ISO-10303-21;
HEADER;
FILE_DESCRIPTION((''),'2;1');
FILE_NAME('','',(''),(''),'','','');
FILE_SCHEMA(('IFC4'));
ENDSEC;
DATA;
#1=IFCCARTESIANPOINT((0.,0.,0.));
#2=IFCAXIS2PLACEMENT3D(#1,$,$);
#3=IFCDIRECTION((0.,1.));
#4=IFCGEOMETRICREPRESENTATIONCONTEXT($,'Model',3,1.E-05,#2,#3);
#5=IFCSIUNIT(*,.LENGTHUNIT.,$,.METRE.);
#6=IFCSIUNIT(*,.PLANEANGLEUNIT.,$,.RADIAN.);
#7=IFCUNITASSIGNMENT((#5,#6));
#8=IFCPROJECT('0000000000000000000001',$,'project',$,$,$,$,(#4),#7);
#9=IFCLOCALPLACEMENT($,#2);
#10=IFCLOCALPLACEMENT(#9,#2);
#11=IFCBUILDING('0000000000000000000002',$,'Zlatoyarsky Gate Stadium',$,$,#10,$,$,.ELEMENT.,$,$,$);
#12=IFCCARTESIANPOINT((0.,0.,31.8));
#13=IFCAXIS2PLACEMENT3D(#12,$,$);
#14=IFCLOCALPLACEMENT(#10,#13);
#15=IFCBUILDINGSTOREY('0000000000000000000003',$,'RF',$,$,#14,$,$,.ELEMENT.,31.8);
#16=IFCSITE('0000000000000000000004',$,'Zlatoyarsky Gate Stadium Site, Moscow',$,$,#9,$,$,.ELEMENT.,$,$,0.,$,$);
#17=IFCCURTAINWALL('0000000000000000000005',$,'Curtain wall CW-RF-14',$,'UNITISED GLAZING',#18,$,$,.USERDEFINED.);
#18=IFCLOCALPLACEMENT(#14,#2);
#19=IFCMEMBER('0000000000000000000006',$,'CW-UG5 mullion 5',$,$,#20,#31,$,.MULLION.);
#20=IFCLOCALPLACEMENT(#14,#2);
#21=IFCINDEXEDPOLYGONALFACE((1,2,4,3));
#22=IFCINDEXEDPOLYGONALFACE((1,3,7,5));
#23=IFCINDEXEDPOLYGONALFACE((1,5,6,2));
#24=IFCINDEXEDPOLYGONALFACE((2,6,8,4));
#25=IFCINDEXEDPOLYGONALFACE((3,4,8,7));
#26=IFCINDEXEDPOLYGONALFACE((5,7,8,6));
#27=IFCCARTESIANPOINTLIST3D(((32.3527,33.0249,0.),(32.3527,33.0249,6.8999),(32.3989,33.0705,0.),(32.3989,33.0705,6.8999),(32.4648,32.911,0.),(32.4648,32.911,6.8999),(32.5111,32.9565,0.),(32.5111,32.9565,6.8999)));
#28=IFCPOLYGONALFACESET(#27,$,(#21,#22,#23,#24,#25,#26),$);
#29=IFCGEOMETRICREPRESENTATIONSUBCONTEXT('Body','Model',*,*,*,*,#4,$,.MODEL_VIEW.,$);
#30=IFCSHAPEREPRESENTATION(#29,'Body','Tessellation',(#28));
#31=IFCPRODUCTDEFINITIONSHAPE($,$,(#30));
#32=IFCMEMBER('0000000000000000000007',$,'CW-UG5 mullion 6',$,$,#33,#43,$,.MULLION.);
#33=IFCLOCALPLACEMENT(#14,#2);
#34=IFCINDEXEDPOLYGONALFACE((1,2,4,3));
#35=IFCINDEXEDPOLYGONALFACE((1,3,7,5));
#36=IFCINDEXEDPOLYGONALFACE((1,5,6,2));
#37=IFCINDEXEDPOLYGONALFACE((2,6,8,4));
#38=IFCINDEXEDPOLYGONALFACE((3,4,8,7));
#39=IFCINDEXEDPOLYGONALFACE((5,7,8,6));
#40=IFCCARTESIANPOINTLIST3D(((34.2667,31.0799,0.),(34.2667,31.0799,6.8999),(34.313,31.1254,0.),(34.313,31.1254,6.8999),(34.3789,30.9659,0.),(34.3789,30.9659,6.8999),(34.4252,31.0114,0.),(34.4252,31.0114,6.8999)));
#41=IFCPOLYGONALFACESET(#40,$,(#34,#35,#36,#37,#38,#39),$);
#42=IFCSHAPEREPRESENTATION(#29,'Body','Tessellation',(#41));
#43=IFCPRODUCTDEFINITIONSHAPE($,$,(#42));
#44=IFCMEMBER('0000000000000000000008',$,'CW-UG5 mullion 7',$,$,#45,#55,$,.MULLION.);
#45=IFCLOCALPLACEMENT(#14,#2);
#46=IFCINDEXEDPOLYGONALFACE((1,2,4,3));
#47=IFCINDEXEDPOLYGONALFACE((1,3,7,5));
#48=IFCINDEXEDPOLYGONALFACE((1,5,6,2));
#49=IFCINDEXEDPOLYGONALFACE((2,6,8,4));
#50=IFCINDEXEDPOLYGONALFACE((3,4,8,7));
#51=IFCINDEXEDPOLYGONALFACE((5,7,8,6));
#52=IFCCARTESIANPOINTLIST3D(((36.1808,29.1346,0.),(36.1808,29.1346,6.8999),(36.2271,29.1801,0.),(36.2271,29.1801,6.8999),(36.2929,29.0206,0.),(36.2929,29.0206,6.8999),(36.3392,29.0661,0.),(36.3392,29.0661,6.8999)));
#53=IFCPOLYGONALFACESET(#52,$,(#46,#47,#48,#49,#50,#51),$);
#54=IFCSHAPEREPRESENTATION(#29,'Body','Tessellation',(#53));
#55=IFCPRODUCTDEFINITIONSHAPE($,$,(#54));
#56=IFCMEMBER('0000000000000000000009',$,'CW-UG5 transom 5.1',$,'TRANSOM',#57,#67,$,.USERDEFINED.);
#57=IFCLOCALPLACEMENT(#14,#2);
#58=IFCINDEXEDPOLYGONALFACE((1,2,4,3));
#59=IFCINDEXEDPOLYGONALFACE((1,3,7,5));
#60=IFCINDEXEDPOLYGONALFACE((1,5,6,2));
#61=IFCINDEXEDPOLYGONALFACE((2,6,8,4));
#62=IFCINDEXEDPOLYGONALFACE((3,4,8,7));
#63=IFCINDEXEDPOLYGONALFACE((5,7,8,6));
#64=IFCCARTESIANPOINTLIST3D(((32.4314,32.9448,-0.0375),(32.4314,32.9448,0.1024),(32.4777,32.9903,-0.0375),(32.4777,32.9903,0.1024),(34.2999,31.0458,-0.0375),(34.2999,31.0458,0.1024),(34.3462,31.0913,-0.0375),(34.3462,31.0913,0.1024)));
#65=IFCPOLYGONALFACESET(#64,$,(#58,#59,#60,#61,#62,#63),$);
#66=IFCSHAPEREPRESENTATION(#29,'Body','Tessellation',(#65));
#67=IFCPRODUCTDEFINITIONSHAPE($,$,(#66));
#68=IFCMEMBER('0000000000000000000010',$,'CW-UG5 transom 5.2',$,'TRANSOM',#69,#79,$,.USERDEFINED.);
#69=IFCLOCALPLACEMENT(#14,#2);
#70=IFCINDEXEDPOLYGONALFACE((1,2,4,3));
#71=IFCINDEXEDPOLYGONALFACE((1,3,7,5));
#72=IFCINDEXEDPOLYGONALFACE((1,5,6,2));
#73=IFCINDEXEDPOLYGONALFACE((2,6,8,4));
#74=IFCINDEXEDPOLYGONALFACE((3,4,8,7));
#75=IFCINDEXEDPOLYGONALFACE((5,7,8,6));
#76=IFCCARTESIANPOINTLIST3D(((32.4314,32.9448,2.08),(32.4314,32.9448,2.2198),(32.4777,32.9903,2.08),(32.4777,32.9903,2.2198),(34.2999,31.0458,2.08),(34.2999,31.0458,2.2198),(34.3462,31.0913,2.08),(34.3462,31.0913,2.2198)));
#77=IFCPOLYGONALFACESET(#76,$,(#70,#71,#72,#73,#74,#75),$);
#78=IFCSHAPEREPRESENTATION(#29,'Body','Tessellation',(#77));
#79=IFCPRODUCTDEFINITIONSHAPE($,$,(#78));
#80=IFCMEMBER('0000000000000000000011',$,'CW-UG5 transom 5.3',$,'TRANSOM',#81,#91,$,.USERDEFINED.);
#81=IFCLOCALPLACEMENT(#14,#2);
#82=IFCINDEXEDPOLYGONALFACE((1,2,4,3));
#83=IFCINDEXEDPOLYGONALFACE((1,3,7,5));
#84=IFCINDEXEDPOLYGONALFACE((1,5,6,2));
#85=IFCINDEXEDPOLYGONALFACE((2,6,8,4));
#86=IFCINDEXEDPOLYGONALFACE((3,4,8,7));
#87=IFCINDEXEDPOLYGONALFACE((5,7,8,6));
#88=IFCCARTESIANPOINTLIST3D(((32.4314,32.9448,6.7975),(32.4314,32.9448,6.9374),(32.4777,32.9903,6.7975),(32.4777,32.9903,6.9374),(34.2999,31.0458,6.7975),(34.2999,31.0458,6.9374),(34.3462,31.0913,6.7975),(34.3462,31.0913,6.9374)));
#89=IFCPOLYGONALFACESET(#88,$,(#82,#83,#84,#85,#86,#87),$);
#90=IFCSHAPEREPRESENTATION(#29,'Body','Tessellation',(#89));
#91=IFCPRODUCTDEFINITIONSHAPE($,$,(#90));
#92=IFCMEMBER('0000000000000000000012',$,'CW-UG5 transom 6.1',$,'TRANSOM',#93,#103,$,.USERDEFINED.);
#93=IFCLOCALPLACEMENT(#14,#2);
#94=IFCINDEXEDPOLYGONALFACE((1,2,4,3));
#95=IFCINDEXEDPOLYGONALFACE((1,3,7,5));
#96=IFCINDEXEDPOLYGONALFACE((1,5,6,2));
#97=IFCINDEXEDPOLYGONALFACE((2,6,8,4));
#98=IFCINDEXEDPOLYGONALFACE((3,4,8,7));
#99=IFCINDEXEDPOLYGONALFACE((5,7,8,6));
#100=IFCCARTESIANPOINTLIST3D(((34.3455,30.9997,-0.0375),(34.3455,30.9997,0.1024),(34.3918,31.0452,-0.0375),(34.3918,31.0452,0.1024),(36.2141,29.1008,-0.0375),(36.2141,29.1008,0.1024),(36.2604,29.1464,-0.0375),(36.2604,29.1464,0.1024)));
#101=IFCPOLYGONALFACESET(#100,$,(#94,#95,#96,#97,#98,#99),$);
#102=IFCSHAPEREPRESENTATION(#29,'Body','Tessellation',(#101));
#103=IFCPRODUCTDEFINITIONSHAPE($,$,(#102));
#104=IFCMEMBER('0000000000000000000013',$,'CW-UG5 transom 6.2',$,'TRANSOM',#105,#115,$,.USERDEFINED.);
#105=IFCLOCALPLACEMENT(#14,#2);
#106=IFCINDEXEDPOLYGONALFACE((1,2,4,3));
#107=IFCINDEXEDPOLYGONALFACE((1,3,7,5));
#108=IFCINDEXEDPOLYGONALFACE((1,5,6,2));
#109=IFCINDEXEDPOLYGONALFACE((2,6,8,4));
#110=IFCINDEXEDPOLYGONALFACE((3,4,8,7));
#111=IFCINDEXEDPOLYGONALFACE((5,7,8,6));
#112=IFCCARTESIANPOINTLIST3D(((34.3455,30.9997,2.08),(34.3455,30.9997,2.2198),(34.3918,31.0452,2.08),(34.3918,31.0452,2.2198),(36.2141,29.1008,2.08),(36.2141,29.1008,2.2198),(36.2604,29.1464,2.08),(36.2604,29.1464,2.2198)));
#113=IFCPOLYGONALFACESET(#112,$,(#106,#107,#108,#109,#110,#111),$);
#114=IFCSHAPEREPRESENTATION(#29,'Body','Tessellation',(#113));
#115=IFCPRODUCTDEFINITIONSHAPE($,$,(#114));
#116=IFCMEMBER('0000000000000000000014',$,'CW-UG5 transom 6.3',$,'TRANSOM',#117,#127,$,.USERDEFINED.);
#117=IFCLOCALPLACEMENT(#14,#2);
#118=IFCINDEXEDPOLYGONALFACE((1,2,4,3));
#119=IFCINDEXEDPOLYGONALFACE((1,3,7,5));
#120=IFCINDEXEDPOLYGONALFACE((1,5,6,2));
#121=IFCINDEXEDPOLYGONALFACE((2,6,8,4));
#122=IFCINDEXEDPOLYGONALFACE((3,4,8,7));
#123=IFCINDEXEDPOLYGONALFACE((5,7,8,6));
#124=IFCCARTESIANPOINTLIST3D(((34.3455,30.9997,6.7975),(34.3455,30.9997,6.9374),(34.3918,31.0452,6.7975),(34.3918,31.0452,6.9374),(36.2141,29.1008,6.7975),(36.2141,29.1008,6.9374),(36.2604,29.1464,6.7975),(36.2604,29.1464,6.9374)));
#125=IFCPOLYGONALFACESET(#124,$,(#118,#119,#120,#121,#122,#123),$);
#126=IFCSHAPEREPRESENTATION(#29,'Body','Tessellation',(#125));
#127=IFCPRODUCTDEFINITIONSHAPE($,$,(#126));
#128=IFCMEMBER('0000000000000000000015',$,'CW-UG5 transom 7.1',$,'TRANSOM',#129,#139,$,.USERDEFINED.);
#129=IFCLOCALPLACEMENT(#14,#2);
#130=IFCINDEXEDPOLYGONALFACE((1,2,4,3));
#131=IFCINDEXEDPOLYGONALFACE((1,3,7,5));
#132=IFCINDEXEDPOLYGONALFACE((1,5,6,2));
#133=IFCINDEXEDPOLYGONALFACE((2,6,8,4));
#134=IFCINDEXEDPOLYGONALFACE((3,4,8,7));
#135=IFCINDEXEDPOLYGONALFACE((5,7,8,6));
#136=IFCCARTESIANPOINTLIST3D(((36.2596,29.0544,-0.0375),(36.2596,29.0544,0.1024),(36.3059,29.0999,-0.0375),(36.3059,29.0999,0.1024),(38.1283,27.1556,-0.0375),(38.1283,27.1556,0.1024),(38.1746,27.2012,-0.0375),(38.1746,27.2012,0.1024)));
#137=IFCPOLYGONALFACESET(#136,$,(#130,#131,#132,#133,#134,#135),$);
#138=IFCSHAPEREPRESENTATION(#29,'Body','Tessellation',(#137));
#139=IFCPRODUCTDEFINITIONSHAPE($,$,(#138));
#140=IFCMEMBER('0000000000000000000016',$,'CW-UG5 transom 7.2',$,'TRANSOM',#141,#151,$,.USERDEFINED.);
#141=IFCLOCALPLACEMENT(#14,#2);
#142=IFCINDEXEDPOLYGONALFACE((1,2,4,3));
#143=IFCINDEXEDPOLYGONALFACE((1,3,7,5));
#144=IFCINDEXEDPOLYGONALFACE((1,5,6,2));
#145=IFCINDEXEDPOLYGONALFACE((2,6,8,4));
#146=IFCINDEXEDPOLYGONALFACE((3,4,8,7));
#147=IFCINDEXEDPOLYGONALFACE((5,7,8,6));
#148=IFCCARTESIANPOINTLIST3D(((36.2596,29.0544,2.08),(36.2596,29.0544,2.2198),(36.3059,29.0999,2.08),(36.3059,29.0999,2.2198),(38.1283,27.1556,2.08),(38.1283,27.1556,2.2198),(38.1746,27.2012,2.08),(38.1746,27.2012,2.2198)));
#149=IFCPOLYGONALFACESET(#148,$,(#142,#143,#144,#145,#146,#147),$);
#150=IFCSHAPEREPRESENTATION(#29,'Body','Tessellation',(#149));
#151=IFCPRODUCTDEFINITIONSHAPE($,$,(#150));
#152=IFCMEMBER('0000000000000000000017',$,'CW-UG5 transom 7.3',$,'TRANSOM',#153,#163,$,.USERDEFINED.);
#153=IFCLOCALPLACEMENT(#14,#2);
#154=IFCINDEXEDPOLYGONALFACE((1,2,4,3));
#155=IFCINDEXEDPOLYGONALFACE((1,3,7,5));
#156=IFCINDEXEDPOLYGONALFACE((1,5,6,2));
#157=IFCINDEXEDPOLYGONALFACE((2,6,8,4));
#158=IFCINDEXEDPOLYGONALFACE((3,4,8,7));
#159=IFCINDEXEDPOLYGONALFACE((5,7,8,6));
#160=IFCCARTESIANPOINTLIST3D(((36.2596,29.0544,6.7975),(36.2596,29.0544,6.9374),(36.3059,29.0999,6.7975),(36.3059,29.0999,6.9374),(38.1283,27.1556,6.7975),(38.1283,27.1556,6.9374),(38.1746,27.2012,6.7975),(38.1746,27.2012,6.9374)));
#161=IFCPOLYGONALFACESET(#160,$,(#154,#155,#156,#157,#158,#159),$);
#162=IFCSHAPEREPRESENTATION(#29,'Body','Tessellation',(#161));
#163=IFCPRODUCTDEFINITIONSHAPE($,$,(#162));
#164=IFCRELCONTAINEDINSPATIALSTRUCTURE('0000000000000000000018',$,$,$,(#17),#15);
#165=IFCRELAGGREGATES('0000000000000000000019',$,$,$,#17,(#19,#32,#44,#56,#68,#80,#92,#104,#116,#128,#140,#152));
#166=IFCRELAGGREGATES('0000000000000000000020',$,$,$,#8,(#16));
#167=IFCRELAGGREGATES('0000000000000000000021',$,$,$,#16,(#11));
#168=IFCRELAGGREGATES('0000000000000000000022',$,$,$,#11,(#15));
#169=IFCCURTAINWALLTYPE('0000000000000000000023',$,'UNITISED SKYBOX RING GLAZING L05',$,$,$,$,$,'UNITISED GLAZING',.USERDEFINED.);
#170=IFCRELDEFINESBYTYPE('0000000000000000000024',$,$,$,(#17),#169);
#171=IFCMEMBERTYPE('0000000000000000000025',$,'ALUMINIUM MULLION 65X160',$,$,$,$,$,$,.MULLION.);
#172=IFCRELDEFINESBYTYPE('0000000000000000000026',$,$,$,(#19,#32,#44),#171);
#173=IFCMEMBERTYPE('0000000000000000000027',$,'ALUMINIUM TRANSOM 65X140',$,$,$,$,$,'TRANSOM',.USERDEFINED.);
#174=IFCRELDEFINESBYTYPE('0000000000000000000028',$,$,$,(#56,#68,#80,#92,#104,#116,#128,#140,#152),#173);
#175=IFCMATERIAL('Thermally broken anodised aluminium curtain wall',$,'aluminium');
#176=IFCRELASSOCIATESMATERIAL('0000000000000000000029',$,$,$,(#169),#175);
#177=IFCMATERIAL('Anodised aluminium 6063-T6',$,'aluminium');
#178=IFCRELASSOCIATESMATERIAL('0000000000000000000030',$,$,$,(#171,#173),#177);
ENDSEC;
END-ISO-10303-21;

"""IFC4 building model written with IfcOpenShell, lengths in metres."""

from ifc_helpers import new_model, si_unit, direction, frame, origin, origin_2d, place, context, subcontext, project, spatial, rectangle, extrude, material, material_profile, profile_set, type_object, element, aggregate, save


model = new_model("IFC4")

# Units and contexts
model_context = context("Model", 3, precision=1e-05, world=origin(), true_north=direction((0.0, 1.0)))
body_context = subcontext(model_context, "Body", "Model", "MODEL_VIEW")
ifc_project = project(units=[si_unit("LENGTHUNIT", "METRE"), si_unit("PLANEANGLEUNIT", "RADIAN")], contexts=[model_context])

# Site, building, storey
site_placement = place(None, origin())
site = spatial("IfcSite", under=ifc_project, at=site_placement, Name="Zlatoyarsky Gate Stadium Site, Moscow", CompositionType="ELEMENT", RefElevation=0.0)
building_placement = place(site_placement, origin())
building = spatial("IfcBuilding", under=site, at=building_placement, Name="Zlatoyarsky Gate Stadium", CompositionType="ELEMENT")
storey_placement = place(building_placement, frame((0.0, 0.0, 31.8)))
storey = spatial("IfcBuildingStorey", under=building, at=storey_placement, Name="RF", CompositionType="ELEMENT", Elevation=31.8)

# Curtain wall, members
ifc_material_1 = material(Name="Thermally broken anodised aluminium curtain wall", Category="aluminium")
curtain_wall_type = type_object("IfcCurtainWallType", Name="UNITISED SKYBOX RING GLAZING L05", ElementType="UNITISED GLAZING", PredefinedType="USERDEFINED", material=ifc_material_1)
curtain_wall_placement = place(storey_placement, origin())
curtain_wall = element("IfcCurtainWall", 1, at=curtain_wall_placement, inside=storey, type_object=curtain_wall_type, Name="Curtain wall CW-RF-14", ObjectType="UNITISED GLAZING", PredefinedType="USERDEFINED")
ifc_material_2 = material(Name="Anodised aluminium 6063-T6", Category="aluminium")
ifc_material_profile_1 = material_profile(ifc_material_2, rectangle(XDim=0.0649, YDim=0.1599, at=origin_2d()), Name="ALU 65X160")
ifc_profile_set_1 = profile_set([ifc_material_profile_1], Name="Anodised aluminium 6063-T6")
member_type_1 = type_object("IfcMemberType", Name="ALUMINIUM MULLION 65X160", PredefinedType="MULLION", material=ifc_profile_set_1)
member_1_placement = place(storey_placement, frame((32.4319, 32.9907, 0.0), z_axis=(0.0, 0.0, 1.0), x_axis=(0.712766, 0.701402, 0.0)))
member_1 = element("IfcMember", 2, at=member_1_placement, type_object=member_type_1, Name="CW-UG5 mullion 5", PredefinedType="MULLION", context=body_context, shape_type="SweptSolid", body=[
    extrude(rectangle(XDim=0.0649, YDim=0.1599, at=origin_2d()), origin(), (0.0, 0.0, 1.0), 6.8999),
])
member_2_placement = place(storey_placement, frame((34.3459, 31.0457, 0.0), z_axis=(0.0, 0.0, 1.0), x_axis=(0.712766, 0.701402, 0.0)))
member_2 = element("IfcMember", 3, at=member_2_placement, type_object=member_type_1, Name="CW-UG5 mullion 6", PredefinedType="MULLION", context=body_context, shape_type="SweptSolid", body=[
    extrude(rectangle(XDim=0.0649, YDim=0.1599, at=origin_2d()), origin(), (0.0, 0.0, 1.0), 6.8999),
])
member_3_placement = place(storey_placement, frame((36.26, 29.1003, 0.0), z_axis=(0.0, 0.0, 1.0), x_axis=(0.712766, 0.701402, 0.0)))
member_3 = element("IfcMember", 4, at=member_3_placement, type_object=member_type_1, Name="CW-UG5 mullion 7", PredefinedType="MULLION", context=body_context, shape_type="SweptSolid", body=[
    extrude(rectangle(XDim=0.0649, YDim=0.1599, at=origin_2d()), origin(), (0.0, 0.0, 1.0), 6.8999),
])
ifc_material_profile_2 = material_profile(ifc_material_2, rectangle(XDim=0.0649, YDim=0.1399, at=origin_2d()), Name="ALU 65X140")
ifc_profile_set_2 = profile_set([ifc_material_profile_2], Name="Anodised aluminium 6063-T6")
member_type_2 = type_object("IfcMemberType", Name="ALUMINIUM TRANSOM 65X140", ElementType="TRANSOM", PredefinedType="USERDEFINED", material=ifc_profile_set_2)
member_4_placement = place(storey_placement, frame((32.4546, 32.9675, 0.0325), z_axis=(0.701356, -0.712811, 0.0), x_axis=(0.712811, 0.701356, 0.0)))
member_4 = element("IfcMember", 5, at=member_4_placement, type_object=member_type_2, Name="CW-UG5 transom 5.1", ObjectType="TRANSOM", PredefinedType="USERDEFINED", context=body_context, shape_type="SweptSolid", body=[
    extrude(rectangle(XDim=0.0649, YDim=0.1399, at=origin_2d()), origin(), (0.0, 0.0, 1.0), 2.6641),
])
member_5_placement = place(storey_placement, frame((32.4546, 32.9675, 2.1499), z_axis=(0.701356, -0.712811, 0.0), x_axis=(0.712811, 0.701356, 0.0)))
member_5 = element("IfcMember", 6, at=member_5_placement, type_object=member_type_2, Name="CW-UG5 transom 5.2", ObjectType="TRANSOM", PredefinedType="USERDEFINED", context=body_context, shape_type="SweptSolid", body=[
    extrude(rectangle(XDim=0.0649, YDim=0.1399, at=origin_2d()), origin(), (0.0, 0.0, 1.0), 2.6641),
])
member_6_placement = place(storey_placement, frame((32.4546, 32.9675, 6.8674), z_axis=(0.701356, -0.712811, 0.0), x_axis=(0.712811, 0.701356, 0.0)))
member_6 = element("IfcMember", 7, at=member_6_placement, type_object=member_type_2, Name="CW-UG5 transom 5.3", ObjectType="TRANSOM", PredefinedType="USERDEFINED", context=body_context, shape_type="SweptSolid", body=[
    extrude(rectangle(XDim=0.0649, YDim=0.1399, at=origin_2d()), origin(), (0.0, 0.0, 1.0), 2.6641),
])
member_7_placement = place(storey_placement, frame((34.3687, 31.0225, 0.0325), z_axis=(0.701402, -0.712766, 0.0), x_axis=(0.712766, 0.701402, 0.0)))
member_7 = element("IfcMember", 8, at=member_7_placement, type_object=member_type_2, Name="CW-UG5 transom 6.1", ObjectType="TRANSOM", PredefinedType="USERDEFINED", context=body_context, shape_type="SweptSolid", body=[
    extrude(rectangle(XDim=0.0649, YDim=0.1399, at=origin_2d()), origin(), (0.0, 0.0, 1.0), 2.6641),
])
member_8_placement = place(storey_placement, frame((34.3687, 31.0225, 2.1499), z_axis=(0.701402, -0.712766, 0.0), x_axis=(0.712766, 0.701402, 0.0)))
member_8 = element("IfcMember", 9, at=member_8_placement, type_object=member_type_2, Name="CW-UG5 transom 6.2", ObjectType="TRANSOM", PredefinedType="USERDEFINED", context=body_context, shape_type="SweptSolid", body=[
    extrude(rectangle(XDim=0.0649, YDim=0.1399, at=origin_2d()), origin(), (0.0, 0.0, 1.0), 2.6641),
])
member_9_placement = place(storey_placement, frame((34.3687, 31.0225, 6.8674), z_axis=(0.701402, -0.712766, 0.0), x_axis=(0.712766, 0.701402, 0.0)))
member_9 = element("IfcMember", 10, at=member_9_placement, type_object=member_type_2, Name="CW-UG5 transom 6.3", ObjectType="TRANSOM", PredefinedType="USERDEFINED", context=body_context, shape_type="SweptSolid", body=[
    extrude(rectangle(XDim=0.0649, YDim=0.1399, at=origin_2d()), origin(), (0.0, 0.0, 1.0), 2.6641),
])
member_10_placement = place(storey_placement, frame((36.2827, 29.0771, 0.0325), z_axis=(0.701448, -0.71272, 0.0), x_axis=(0.71272, 0.701448, 0.0)))
member_10 = element("IfcMember", 11, at=member_10_placement, type_object=member_type_2, Name="CW-UG5 transom 7.1", ObjectType="TRANSOM", PredefinedType="USERDEFINED", context=body_context, shape_type="SweptSolid", body=[
    extrude(rectangle(XDim=0.0649, YDim=0.1399, at=origin_2d()), origin(), (0.0, 0.0, 1.0), 2.6641),
])
member_11_placement = place(storey_placement, frame((36.2827, 29.0771, 2.1499), z_axis=(0.701448, -0.71272, 0.0), x_axis=(0.71272, 0.701448, 0.0)))
member_11 = element("IfcMember", 12, at=member_11_placement, type_object=member_type_2, Name="CW-UG5 transom 7.2", ObjectType="TRANSOM", PredefinedType="USERDEFINED", context=body_context, shape_type="SweptSolid", body=[
    extrude(rectangle(XDim=0.0649, YDim=0.1399, at=origin_2d()), origin(), (0.0, 0.0, 1.0), 2.6641),
])
member_12_placement = place(storey_placement, frame((36.2827, 29.0771, 6.8674), z_axis=(0.701448, -0.71272, 0.0), x_axis=(0.71272, 0.701448, 0.0)))
member_12 = element("IfcMember", 13, at=member_12_placement, type_object=member_type_2, Name="CW-UG5 transom 7.3", ObjectType="TRANSOM", PredefinedType="USERDEFINED", context=body_context, shape_type="SweptSolid", body=[
    extrude(rectangle(XDim=0.0649, YDim=0.1399, at=origin_2d()), origin(), (0.0, 0.0, 1.0), 2.6641),
])

aggregate(curtain_wall, [member_1, member_2, member_3, member_4, member_5, member_6, member_7, member_8, member_9, member_10, member_11, member_12])

save(model, "model.ifc")
